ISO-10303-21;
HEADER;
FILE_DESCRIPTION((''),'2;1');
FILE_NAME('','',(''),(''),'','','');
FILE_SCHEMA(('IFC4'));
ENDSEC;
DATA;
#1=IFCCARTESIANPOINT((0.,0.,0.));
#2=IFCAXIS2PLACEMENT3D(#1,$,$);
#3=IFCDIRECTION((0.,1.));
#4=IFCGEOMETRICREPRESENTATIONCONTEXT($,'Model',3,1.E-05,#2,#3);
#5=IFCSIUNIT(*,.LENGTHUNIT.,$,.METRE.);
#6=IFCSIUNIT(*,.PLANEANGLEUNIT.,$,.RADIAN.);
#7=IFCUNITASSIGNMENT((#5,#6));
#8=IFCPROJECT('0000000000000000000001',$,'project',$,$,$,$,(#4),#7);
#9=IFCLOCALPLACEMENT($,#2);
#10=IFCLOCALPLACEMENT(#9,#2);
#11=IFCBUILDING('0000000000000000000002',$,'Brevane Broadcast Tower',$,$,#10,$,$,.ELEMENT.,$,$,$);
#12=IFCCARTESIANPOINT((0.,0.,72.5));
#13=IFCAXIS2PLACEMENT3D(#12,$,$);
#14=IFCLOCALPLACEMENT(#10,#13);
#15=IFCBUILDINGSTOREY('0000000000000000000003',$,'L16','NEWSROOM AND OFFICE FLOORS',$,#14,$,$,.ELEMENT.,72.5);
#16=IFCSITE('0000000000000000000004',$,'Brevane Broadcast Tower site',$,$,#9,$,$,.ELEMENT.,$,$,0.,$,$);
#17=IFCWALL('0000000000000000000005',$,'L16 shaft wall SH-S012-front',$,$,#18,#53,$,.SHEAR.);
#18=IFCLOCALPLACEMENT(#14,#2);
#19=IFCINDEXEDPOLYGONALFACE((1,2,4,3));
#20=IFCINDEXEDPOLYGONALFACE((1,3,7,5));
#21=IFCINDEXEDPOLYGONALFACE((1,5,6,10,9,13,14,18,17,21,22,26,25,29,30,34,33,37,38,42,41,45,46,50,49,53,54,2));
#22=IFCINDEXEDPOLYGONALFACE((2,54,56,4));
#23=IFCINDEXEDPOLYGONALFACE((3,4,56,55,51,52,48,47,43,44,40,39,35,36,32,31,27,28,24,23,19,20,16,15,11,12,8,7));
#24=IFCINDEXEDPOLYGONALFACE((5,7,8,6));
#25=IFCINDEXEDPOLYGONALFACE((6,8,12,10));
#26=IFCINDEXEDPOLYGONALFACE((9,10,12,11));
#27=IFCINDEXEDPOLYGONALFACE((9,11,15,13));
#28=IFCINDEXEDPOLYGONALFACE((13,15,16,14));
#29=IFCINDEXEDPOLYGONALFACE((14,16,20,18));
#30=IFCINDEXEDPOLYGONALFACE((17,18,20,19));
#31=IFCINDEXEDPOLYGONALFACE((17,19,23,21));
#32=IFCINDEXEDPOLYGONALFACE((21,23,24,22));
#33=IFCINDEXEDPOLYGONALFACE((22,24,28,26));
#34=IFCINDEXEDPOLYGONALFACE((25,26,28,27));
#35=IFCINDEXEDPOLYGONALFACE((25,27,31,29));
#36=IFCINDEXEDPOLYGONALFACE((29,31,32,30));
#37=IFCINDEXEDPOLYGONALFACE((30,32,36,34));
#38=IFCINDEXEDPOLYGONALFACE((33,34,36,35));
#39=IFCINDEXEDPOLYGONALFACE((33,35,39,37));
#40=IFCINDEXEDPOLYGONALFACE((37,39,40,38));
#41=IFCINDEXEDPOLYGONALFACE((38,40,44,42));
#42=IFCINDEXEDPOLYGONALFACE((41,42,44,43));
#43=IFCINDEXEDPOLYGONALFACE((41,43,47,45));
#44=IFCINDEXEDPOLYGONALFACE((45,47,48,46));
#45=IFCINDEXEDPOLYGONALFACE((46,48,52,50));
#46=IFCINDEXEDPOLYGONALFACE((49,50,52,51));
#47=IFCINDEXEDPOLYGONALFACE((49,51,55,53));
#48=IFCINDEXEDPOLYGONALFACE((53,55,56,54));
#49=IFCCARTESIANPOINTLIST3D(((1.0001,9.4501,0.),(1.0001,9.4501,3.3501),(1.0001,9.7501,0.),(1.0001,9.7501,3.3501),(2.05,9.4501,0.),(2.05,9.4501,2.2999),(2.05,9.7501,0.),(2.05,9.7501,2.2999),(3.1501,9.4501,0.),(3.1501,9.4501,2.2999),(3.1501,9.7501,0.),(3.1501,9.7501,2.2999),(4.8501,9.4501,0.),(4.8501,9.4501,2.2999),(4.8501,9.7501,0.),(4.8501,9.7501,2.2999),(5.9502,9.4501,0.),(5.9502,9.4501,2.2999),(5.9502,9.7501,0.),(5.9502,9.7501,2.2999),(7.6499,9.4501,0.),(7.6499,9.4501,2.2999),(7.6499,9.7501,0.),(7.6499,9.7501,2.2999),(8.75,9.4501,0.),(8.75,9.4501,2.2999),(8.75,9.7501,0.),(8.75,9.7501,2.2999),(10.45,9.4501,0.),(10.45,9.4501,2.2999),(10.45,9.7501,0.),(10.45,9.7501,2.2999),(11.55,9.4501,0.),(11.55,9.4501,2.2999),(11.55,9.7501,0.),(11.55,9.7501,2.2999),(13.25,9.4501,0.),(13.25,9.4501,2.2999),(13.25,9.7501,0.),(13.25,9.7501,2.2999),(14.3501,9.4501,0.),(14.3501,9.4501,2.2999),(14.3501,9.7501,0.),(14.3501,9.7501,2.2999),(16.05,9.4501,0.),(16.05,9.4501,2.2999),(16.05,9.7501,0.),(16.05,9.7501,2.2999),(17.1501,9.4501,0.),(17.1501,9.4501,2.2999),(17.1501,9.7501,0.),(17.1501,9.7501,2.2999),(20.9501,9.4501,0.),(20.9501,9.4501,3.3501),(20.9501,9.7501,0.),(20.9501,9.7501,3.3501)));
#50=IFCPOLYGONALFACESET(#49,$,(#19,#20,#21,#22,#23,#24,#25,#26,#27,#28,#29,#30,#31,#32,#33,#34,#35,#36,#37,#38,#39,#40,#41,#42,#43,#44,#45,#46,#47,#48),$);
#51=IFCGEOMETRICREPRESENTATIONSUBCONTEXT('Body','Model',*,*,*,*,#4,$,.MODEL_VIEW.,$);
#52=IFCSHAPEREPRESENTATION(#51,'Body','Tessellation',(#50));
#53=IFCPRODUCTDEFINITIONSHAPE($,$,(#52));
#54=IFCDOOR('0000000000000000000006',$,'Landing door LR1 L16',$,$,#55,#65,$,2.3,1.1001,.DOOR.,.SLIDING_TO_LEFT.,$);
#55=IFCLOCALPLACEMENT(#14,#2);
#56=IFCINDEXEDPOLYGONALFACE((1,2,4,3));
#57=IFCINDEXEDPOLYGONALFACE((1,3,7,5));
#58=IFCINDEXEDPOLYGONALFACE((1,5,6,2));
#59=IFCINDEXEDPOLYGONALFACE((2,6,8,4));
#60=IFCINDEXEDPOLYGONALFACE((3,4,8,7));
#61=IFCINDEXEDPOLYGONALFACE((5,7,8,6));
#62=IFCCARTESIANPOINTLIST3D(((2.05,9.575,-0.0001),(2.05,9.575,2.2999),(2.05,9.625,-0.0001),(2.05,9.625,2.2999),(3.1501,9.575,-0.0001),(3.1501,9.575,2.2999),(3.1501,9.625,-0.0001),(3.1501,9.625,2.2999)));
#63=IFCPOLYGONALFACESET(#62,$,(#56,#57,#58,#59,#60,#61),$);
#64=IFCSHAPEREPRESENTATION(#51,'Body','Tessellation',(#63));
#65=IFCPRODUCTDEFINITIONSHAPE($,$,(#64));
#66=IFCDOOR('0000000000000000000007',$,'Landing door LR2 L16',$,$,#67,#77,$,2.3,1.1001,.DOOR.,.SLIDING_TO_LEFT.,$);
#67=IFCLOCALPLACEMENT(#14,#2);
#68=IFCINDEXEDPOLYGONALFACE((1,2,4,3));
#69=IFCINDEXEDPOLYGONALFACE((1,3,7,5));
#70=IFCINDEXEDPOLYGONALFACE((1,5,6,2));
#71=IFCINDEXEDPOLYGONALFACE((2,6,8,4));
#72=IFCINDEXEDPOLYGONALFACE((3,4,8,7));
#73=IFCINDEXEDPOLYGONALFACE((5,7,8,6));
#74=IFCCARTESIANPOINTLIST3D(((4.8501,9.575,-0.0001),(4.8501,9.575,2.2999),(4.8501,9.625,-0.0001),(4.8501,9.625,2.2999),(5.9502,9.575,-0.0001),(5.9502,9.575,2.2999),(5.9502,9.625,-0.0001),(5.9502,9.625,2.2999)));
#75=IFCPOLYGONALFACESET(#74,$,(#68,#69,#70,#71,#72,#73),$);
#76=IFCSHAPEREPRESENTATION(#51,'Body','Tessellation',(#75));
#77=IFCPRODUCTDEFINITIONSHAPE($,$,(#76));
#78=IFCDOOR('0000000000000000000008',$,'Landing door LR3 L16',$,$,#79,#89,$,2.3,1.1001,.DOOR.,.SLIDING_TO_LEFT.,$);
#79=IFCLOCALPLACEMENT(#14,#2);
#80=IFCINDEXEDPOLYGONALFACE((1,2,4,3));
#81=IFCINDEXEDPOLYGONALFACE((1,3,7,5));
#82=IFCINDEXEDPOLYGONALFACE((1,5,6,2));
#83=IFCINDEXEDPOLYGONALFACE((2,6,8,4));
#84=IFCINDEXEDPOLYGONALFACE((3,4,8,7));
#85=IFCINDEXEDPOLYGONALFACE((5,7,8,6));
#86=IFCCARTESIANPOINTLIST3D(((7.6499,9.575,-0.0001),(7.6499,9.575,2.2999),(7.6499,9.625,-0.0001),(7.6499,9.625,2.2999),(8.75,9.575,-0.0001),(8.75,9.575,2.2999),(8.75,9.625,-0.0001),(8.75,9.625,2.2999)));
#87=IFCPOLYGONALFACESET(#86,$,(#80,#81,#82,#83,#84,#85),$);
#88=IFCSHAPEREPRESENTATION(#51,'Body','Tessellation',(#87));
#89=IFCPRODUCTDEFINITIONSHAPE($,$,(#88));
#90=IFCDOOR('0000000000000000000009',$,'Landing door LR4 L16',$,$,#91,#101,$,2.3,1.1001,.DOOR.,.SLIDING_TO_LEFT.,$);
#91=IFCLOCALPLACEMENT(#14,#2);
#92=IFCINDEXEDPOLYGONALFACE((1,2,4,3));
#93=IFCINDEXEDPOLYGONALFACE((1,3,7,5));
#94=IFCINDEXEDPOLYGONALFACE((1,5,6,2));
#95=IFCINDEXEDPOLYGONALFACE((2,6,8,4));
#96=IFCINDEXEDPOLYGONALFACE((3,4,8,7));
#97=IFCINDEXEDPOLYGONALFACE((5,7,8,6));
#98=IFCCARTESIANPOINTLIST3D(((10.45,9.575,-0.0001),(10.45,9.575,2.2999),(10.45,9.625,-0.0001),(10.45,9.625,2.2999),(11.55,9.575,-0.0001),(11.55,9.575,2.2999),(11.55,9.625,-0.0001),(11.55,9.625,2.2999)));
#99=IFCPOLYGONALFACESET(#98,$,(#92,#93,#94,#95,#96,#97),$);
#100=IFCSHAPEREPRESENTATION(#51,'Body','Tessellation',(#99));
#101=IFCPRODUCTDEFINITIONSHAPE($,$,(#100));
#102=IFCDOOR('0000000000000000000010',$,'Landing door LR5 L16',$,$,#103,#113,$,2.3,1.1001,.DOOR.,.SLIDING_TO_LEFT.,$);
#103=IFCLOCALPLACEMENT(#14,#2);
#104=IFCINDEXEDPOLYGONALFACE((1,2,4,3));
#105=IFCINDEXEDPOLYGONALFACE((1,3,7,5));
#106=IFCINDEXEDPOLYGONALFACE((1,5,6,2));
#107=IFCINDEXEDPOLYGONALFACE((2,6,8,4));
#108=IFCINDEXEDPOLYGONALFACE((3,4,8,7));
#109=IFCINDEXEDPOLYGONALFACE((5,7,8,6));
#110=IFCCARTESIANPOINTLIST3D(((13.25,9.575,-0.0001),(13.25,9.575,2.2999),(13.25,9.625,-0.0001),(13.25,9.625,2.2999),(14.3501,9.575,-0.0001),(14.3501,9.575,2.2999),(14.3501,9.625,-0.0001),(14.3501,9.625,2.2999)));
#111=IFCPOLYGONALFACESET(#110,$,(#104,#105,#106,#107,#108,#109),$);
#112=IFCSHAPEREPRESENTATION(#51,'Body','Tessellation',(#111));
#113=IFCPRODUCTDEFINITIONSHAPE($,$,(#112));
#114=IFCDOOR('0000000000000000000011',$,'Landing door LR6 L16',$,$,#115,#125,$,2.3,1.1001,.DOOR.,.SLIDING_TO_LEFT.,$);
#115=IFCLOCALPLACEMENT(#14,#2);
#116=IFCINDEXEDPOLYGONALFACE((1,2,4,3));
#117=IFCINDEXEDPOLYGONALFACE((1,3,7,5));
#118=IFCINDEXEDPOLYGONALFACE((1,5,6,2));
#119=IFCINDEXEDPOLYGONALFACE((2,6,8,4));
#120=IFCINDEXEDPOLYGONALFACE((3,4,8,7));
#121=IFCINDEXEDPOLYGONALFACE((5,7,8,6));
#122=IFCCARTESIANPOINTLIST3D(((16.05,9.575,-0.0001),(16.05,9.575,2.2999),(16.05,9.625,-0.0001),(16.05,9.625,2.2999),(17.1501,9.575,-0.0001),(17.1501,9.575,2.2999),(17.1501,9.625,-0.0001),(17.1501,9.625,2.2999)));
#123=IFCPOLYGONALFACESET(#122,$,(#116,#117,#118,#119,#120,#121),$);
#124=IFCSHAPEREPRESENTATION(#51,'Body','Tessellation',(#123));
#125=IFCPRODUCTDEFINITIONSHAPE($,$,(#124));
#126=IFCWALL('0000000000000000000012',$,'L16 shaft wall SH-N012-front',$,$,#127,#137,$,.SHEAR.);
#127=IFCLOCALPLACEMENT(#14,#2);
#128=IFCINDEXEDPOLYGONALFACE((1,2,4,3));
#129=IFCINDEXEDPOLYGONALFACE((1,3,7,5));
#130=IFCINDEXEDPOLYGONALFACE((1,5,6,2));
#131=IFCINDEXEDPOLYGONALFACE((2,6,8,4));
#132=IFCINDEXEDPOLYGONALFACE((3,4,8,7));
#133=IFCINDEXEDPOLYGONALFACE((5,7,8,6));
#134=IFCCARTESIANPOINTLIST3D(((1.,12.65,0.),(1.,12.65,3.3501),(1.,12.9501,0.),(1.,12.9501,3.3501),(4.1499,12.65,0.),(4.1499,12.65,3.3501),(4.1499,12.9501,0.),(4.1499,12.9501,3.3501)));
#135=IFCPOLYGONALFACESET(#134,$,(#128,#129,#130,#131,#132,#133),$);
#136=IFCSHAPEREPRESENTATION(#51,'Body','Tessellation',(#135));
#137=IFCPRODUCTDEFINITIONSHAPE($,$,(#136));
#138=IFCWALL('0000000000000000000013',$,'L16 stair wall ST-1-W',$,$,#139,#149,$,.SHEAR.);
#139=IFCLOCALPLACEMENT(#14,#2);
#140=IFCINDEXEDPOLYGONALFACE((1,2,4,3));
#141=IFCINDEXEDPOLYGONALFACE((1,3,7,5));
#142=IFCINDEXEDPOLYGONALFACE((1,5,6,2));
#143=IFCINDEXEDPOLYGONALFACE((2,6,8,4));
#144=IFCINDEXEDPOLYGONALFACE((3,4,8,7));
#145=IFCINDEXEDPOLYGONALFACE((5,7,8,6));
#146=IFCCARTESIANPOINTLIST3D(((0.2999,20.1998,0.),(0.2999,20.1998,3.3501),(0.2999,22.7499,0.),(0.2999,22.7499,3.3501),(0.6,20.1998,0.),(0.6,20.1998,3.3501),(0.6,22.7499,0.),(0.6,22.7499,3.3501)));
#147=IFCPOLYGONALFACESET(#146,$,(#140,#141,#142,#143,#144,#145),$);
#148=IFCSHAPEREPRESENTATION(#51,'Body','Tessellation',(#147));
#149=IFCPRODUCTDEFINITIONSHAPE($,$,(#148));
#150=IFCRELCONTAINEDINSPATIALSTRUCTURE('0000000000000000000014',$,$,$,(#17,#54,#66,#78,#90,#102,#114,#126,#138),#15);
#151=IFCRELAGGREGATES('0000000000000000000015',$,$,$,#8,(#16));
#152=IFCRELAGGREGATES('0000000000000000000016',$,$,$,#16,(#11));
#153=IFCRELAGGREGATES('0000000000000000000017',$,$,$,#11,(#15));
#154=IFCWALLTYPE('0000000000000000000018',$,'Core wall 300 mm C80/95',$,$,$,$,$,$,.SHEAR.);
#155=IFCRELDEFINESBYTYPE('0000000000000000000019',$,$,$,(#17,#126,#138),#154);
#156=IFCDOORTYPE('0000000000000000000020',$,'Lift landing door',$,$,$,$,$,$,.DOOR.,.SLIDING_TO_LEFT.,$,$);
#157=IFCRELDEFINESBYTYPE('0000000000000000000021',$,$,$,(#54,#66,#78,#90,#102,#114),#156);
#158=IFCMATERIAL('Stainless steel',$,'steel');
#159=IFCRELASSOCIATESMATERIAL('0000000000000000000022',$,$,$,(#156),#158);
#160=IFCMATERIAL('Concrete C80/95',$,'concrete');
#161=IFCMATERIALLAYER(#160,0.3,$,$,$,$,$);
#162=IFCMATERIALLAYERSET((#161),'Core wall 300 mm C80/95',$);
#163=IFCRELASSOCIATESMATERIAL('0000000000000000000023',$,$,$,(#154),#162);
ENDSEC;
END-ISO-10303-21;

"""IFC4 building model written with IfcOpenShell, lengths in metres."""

from ifc_helpers import new_model, si_unit, direction, frame, frame_2d, origin, place, context, subcontext, project, spatial, rectangle, extrude, material, layer, layer_set, type_object, element, fill, save


model = new_model("IFC4")

# Units and contexts
model_context = context("Model", 3, precision=1e-05, world=origin(), true_north=direction((0.0, 1.0)))
body_context = subcontext(model_context, "Body", "Model", "MODEL_VIEW")
ifc_project = project(units=[si_unit("LENGTHUNIT", "METRE"), si_unit("PLANEANGLEUNIT", "RADIAN")], contexts=[model_context])

# Site, building, storey
site_placement = place(None, origin())
site = spatial("IfcSite", under=ifc_project, at=site_placement, Name="Brevane Broadcast Tower site", CompositionType="ELEMENT", RefElevation=0.0)
building_placement = place(site_placement, origin())
building = spatial("IfcBuilding", under=site, at=building_placement, Name="Brevane Broadcast Tower", CompositionType="ELEMENT")
storey_placement = place(building_placement, frame((0.0, 0.0, 72.5)))
storey = spatial("IfcBuildingStorey", under=building, at=storey_placement, Name="L16", Description="NEWSROOM AND OFFICE FLOORS", CompositionType="ELEMENT", Elevation=72.5)

# Shared definitions
ifc_material_1 = material(Name="Concrete C80/95", Category="concrete")
ifc_material_2 = material(Name="Stainless steel", Category="steel")
door_type = type_object("IfcDoorType", Name="Lift landing door", OperationType="SLIDING_TO_LEFT", PredefinedType="DOOR", material=ifc_material_2)

# Wall, openings, doors
ifc_layer_1 = layer(ifc_material_1, 0.3)
ifc_layer_set_1 = layer_set([ifc_layer_1], Name="Core wall 300 mm C80/95")
wall_type_1 = type_object("IfcWallType", Name="Core wall 300 mm C80/95", PredefinedType="SHEAR", material=ifc_layer_set_1)
wall_1_placement = place(storey_placement, frame((1.0, 9.6001, 0.0), z_axis=(0.0, 0.0, 1.0), x_axis=(1.0, 0.0, 0.0)))
wall_1 = element("IfcWall", 1, at=wall_1_placement, inside=storey, type_object=wall_type_1, Name="L16 shaft wall SH-S012-front", PredefinedType="SHEAR", context=body_context, shape_type="SweptSolid", body=[
    extrude(rectangle(XDim=19.95, YDim=0.3, at=frame_2d((9.9751, 0.0))), origin(), (0.0, 0.0, 1.0), 3.3501),
])
opening_1_placement = place(wall_1_placement, frame((1.05, 0.0, 0.0)))
opening_1 = element("IfcOpeningElement", 2, at=opening_1_placement, cuts=wall_1, PredefinedType="OPENING", context=body_context, shape_type="SweptSolid", body=[
    extrude(rectangle(XDim=1.1001, YDim=2.3, at=frame_2d((0.55, 1.1499))), frame((0.0, 0.1599, 0.0), z_axis=(0.0, -1.0, 0.0), x_axis=(1.0, 0.0, 0.0)), (0.0, 0.0, 1.0), 0.3201),
])
opening_2_placement = place(wall_1_placement, frame((3.8501, 0.0, 0.0)))
opening_2 = element("IfcOpeningElement", 3, at=opening_2_placement, cuts=wall_1, PredefinedType="OPENING", context=body_context, shape_type="SweptSolid", body=[
    extrude(rectangle(XDim=1.1001, YDim=2.3, at=frame_2d((0.55, 1.1499))), frame((0.0, 0.1599, 0.0), z_axis=(0.0, -1.0, 0.0), x_axis=(1.0, 0.0, 0.0)), (0.0, 0.0, 1.0), 0.3201),
])
opening_3_placement = place(wall_1_placement, frame((6.6499, 0.0, 0.0)))
opening_3 = element("IfcOpeningElement", 4, at=opening_3_placement, cuts=wall_1, PredefinedType="OPENING", context=body_context, shape_type="SweptSolid", body=[
    extrude(rectangle(XDim=1.1001, YDim=2.3, at=frame_2d((0.55, 1.1499))), frame((0.0, 0.1599, 0.0), z_axis=(0.0, -1.0, 0.0), x_axis=(1.0, 0.0, 0.0)), (0.0, 0.0, 1.0), 0.3201),
])
opening_4_placement = place(wall_1_placement, frame((9.45, 0.0, 0.0)))
opening_4 = element("IfcOpeningElement", 5, at=opening_4_placement, cuts=wall_1, PredefinedType="OPENING", context=body_context, shape_type="SweptSolid", body=[
    extrude(rectangle(XDim=1.1001, YDim=2.3, at=frame_2d((0.55, 1.1499))), frame((0.0, 0.1599, 0.0), z_axis=(0.0, -1.0, 0.0), x_axis=(1.0, 0.0, 0.0)), (0.0, 0.0, 1.0), 0.3201),
])
opening_5_placement = place(wall_1_placement, frame((12.25, 0.0, 0.0)))
opening_5 = element("IfcOpeningElement", 6, at=opening_5_placement, cuts=wall_1, PredefinedType="OPENING", context=body_context, shape_type="SweptSolid", body=[
    extrude(rectangle(XDim=1.1001, YDim=2.3, at=frame_2d((0.55, 1.1499))), frame((0.0, 0.1599, 0.0), z_axis=(0.0, -1.0, 0.0), x_axis=(1.0, 0.0, 0.0)), (0.0, 0.0, 1.0), 0.3201),
])
opening_6_placement = place(wall_1_placement, frame((15.05, 0.0, 0.0)))
opening_6 = element("IfcOpeningElement", 7, at=opening_6_placement, cuts=wall_1, PredefinedType="OPENING", context=body_context, shape_type="SweptSolid", body=[
    extrude(rectangle(XDim=1.1001, YDim=2.3, at=frame_2d((0.55, 1.1499))), frame((0.0, 0.1599, 0.0), z_axis=(0.0, -1.0, 0.0), x_axis=(1.0, 0.0, 0.0)), (0.0, 0.0, 1.0), 0.3201),
])
door_1_placement = place(opening_1_placement, origin())
door_1 = element("IfcDoor", 8, at=door_1_placement, inside=storey, type_object=door_type, Name="Landing door LR1 L16", OperationType="SLIDING_TO_LEFT", OverallHeight=2.3, OverallWidth=1.1001, PredefinedType="DOOR", context=body_context, shape_type="SweptSolid", body=[
    extrude(rectangle(XDim=1.1001, YDim=2.3, at=frame_2d((0.55, 1.1499))), frame((0.0, 0.0249, 0.0), z_axis=(0.0, -1.0, 0.0), x_axis=(1.0, 0.0, 0.0)), (0.0, 0.0, 1.0), 0.05),
])
fill(opening_1, door_1)
door_2_placement = place(opening_2_placement, origin())
door_2 = element("IfcDoor", 9, at=door_2_placement, inside=storey, type_object=door_type, Name="Landing door LR2 L16", OperationType="SLIDING_TO_LEFT", OverallHeight=2.3, OverallWidth=1.1001, PredefinedType="DOOR", context=body_context, shape_type="SweptSolid", body=[
    extrude(rectangle(XDim=1.1001, YDim=2.3, at=frame_2d((0.55, 1.1499))), frame((0.0, 0.0249, 0.0), z_axis=(0.0, -1.0, 0.0), x_axis=(1.0, 0.0, 0.0)), (0.0, 0.0, 1.0), 0.05),
])
fill(opening_2, door_2)
door_3_placement = place(opening_3_placement, origin())
door_3 = element("IfcDoor", 10, at=door_3_placement, inside=storey, type_object=door_type, Name="Landing door LR3 L16", OperationType="SLIDING_TO_LEFT", OverallHeight=2.3, OverallWidth=1.1001, PredefinedType="DOOR", context=body_context, shape_type="SweptSolid", body=[
    extrude(rectangle(XDim=1.1001, YDim=2.3, at=frame_2d((0.55, 1.1499))), frame((0.0, 0.0249, 0.0), z_axis=(0.0, -1.0, 0.0), x_axis=(1.0, 0.0, 0.0)), (0.0, 0.0, 1.0), 0.05),
])
fill(opening_3, door_3)
door_4_placement = place(opening_4_placement, origin())
door_4 = element("IfcDoor", 11, at=door_4_placement, inside=storey, type_object=door_type, Name="Landing door LR4 L16", OperationType="SLIDING_TO_LEFT", OverallHeight=2.3, OverallWidth=1.1001, PredefinedType="DOOR", context=body_context, shape_type="SweptSolid", body=[
    extrude(rectangle(XDim=1.1001, YDim=2.3, at=frame_2d((0.55, 1.1499))), frame((0.0, 0.0249, 0.0), z_axis=(0.0, -1.0, 0.0), x_axis=(1.0, 0.0, 0.0)), (0.0, 0.0, 1.0), 0.05),
])
fill(opening_4, door_4)
door_5_placement = place(opening_5_placement, origin())
door_5 = element("IfcDoor", 12, at=door_5_placement, inside=storey, type_object=door_type, Name="Landing door LR5 L16", OperationType="SLIDING_TO_LEFT", OverallHeight=2.3, OverallWidth=1.1001, PredefinedType="DOOR", context=body_context, shape_type="SweptSolid", body=[
    extrude(rectangle(XDim=1.1001, YDim=2.3, at=frame_2d((0.55, 1.1499))), frame((0.0, 0.0249, 0.0), z_axis=(0.0, -1.0, 0.0), x_axis=(1.0, 0.0, 0.0)), (0.0, 0.0, 1.0), 0.05),
])
fill(opening_5, door_5)
door_6_placement = place(opening_6_placement, origin())
door_6 = element("IfcDoor", 13, at=door_6_placement, inside=storey, type_object=door_type, Name="Landing door LR6 L16", OperationType="SLIDING_TO_LEFT", OverallHeight=2.3, OverallWidth=1.1001, PredefinedType="DOOR", context=body_context, shape_type="SweptSolid", body=[
    extrude(rectangle(XDim=1.1001, YDim=2.3, at=frame_2d((0.55, 1.1499))), frame((0.0, 0.0249, 0.0), z_axis=(0.0, -1.0, 0.0), x_axis=(1.0, 0.0, 0.0)), (0.0, 0.0, 1.0), 0.05),
])
fill(opening_6, door_6)

# Walls
wall_2_placement = place(storey_placement, frame((1.0, 12.8, 0.0), z_axis=(0.0, 0.0, 1.0), x_axis=(1.0, 0.0, 0.0)))
element("IfcWall", 14, at=wall_2_placement, inside=storey, type_object=wall_type_1, Name="L16 shaft wall SH-N012-front", PredefinedType="SHEAR", context=body_context, shape_type="SweptSolid", body=[
    extrude(rectangle(XDim=3.1499, YDim=0.3, at=frame_2d((1.575, 0.0))), origin(), (0.0, 0.0, 1.0), 3.3501),
])
wall_3_placement = place(storey_placement, frame((0.45, 20.2, 0.0), z_axis=(0.0, 0.0, 1.0), x_axis=(0.0, 1.0, 0.0)))
element("IfcWall", 15, at=wall_3_placement, inside=storey, type_object=wall_type_1, Name="L16 stair wall ST-1-W", PredefinedType="SHEAR", context=body_context, shape_type="SweptSolid", body=[
    extrude(rectangle(XDim=2.55, YDim=0.3, at=frame_2d((1.2749, 0.0))), origin(), (0.0, 0.0, 1.0), 3.3501),
])

save(model, "model.ifc")
